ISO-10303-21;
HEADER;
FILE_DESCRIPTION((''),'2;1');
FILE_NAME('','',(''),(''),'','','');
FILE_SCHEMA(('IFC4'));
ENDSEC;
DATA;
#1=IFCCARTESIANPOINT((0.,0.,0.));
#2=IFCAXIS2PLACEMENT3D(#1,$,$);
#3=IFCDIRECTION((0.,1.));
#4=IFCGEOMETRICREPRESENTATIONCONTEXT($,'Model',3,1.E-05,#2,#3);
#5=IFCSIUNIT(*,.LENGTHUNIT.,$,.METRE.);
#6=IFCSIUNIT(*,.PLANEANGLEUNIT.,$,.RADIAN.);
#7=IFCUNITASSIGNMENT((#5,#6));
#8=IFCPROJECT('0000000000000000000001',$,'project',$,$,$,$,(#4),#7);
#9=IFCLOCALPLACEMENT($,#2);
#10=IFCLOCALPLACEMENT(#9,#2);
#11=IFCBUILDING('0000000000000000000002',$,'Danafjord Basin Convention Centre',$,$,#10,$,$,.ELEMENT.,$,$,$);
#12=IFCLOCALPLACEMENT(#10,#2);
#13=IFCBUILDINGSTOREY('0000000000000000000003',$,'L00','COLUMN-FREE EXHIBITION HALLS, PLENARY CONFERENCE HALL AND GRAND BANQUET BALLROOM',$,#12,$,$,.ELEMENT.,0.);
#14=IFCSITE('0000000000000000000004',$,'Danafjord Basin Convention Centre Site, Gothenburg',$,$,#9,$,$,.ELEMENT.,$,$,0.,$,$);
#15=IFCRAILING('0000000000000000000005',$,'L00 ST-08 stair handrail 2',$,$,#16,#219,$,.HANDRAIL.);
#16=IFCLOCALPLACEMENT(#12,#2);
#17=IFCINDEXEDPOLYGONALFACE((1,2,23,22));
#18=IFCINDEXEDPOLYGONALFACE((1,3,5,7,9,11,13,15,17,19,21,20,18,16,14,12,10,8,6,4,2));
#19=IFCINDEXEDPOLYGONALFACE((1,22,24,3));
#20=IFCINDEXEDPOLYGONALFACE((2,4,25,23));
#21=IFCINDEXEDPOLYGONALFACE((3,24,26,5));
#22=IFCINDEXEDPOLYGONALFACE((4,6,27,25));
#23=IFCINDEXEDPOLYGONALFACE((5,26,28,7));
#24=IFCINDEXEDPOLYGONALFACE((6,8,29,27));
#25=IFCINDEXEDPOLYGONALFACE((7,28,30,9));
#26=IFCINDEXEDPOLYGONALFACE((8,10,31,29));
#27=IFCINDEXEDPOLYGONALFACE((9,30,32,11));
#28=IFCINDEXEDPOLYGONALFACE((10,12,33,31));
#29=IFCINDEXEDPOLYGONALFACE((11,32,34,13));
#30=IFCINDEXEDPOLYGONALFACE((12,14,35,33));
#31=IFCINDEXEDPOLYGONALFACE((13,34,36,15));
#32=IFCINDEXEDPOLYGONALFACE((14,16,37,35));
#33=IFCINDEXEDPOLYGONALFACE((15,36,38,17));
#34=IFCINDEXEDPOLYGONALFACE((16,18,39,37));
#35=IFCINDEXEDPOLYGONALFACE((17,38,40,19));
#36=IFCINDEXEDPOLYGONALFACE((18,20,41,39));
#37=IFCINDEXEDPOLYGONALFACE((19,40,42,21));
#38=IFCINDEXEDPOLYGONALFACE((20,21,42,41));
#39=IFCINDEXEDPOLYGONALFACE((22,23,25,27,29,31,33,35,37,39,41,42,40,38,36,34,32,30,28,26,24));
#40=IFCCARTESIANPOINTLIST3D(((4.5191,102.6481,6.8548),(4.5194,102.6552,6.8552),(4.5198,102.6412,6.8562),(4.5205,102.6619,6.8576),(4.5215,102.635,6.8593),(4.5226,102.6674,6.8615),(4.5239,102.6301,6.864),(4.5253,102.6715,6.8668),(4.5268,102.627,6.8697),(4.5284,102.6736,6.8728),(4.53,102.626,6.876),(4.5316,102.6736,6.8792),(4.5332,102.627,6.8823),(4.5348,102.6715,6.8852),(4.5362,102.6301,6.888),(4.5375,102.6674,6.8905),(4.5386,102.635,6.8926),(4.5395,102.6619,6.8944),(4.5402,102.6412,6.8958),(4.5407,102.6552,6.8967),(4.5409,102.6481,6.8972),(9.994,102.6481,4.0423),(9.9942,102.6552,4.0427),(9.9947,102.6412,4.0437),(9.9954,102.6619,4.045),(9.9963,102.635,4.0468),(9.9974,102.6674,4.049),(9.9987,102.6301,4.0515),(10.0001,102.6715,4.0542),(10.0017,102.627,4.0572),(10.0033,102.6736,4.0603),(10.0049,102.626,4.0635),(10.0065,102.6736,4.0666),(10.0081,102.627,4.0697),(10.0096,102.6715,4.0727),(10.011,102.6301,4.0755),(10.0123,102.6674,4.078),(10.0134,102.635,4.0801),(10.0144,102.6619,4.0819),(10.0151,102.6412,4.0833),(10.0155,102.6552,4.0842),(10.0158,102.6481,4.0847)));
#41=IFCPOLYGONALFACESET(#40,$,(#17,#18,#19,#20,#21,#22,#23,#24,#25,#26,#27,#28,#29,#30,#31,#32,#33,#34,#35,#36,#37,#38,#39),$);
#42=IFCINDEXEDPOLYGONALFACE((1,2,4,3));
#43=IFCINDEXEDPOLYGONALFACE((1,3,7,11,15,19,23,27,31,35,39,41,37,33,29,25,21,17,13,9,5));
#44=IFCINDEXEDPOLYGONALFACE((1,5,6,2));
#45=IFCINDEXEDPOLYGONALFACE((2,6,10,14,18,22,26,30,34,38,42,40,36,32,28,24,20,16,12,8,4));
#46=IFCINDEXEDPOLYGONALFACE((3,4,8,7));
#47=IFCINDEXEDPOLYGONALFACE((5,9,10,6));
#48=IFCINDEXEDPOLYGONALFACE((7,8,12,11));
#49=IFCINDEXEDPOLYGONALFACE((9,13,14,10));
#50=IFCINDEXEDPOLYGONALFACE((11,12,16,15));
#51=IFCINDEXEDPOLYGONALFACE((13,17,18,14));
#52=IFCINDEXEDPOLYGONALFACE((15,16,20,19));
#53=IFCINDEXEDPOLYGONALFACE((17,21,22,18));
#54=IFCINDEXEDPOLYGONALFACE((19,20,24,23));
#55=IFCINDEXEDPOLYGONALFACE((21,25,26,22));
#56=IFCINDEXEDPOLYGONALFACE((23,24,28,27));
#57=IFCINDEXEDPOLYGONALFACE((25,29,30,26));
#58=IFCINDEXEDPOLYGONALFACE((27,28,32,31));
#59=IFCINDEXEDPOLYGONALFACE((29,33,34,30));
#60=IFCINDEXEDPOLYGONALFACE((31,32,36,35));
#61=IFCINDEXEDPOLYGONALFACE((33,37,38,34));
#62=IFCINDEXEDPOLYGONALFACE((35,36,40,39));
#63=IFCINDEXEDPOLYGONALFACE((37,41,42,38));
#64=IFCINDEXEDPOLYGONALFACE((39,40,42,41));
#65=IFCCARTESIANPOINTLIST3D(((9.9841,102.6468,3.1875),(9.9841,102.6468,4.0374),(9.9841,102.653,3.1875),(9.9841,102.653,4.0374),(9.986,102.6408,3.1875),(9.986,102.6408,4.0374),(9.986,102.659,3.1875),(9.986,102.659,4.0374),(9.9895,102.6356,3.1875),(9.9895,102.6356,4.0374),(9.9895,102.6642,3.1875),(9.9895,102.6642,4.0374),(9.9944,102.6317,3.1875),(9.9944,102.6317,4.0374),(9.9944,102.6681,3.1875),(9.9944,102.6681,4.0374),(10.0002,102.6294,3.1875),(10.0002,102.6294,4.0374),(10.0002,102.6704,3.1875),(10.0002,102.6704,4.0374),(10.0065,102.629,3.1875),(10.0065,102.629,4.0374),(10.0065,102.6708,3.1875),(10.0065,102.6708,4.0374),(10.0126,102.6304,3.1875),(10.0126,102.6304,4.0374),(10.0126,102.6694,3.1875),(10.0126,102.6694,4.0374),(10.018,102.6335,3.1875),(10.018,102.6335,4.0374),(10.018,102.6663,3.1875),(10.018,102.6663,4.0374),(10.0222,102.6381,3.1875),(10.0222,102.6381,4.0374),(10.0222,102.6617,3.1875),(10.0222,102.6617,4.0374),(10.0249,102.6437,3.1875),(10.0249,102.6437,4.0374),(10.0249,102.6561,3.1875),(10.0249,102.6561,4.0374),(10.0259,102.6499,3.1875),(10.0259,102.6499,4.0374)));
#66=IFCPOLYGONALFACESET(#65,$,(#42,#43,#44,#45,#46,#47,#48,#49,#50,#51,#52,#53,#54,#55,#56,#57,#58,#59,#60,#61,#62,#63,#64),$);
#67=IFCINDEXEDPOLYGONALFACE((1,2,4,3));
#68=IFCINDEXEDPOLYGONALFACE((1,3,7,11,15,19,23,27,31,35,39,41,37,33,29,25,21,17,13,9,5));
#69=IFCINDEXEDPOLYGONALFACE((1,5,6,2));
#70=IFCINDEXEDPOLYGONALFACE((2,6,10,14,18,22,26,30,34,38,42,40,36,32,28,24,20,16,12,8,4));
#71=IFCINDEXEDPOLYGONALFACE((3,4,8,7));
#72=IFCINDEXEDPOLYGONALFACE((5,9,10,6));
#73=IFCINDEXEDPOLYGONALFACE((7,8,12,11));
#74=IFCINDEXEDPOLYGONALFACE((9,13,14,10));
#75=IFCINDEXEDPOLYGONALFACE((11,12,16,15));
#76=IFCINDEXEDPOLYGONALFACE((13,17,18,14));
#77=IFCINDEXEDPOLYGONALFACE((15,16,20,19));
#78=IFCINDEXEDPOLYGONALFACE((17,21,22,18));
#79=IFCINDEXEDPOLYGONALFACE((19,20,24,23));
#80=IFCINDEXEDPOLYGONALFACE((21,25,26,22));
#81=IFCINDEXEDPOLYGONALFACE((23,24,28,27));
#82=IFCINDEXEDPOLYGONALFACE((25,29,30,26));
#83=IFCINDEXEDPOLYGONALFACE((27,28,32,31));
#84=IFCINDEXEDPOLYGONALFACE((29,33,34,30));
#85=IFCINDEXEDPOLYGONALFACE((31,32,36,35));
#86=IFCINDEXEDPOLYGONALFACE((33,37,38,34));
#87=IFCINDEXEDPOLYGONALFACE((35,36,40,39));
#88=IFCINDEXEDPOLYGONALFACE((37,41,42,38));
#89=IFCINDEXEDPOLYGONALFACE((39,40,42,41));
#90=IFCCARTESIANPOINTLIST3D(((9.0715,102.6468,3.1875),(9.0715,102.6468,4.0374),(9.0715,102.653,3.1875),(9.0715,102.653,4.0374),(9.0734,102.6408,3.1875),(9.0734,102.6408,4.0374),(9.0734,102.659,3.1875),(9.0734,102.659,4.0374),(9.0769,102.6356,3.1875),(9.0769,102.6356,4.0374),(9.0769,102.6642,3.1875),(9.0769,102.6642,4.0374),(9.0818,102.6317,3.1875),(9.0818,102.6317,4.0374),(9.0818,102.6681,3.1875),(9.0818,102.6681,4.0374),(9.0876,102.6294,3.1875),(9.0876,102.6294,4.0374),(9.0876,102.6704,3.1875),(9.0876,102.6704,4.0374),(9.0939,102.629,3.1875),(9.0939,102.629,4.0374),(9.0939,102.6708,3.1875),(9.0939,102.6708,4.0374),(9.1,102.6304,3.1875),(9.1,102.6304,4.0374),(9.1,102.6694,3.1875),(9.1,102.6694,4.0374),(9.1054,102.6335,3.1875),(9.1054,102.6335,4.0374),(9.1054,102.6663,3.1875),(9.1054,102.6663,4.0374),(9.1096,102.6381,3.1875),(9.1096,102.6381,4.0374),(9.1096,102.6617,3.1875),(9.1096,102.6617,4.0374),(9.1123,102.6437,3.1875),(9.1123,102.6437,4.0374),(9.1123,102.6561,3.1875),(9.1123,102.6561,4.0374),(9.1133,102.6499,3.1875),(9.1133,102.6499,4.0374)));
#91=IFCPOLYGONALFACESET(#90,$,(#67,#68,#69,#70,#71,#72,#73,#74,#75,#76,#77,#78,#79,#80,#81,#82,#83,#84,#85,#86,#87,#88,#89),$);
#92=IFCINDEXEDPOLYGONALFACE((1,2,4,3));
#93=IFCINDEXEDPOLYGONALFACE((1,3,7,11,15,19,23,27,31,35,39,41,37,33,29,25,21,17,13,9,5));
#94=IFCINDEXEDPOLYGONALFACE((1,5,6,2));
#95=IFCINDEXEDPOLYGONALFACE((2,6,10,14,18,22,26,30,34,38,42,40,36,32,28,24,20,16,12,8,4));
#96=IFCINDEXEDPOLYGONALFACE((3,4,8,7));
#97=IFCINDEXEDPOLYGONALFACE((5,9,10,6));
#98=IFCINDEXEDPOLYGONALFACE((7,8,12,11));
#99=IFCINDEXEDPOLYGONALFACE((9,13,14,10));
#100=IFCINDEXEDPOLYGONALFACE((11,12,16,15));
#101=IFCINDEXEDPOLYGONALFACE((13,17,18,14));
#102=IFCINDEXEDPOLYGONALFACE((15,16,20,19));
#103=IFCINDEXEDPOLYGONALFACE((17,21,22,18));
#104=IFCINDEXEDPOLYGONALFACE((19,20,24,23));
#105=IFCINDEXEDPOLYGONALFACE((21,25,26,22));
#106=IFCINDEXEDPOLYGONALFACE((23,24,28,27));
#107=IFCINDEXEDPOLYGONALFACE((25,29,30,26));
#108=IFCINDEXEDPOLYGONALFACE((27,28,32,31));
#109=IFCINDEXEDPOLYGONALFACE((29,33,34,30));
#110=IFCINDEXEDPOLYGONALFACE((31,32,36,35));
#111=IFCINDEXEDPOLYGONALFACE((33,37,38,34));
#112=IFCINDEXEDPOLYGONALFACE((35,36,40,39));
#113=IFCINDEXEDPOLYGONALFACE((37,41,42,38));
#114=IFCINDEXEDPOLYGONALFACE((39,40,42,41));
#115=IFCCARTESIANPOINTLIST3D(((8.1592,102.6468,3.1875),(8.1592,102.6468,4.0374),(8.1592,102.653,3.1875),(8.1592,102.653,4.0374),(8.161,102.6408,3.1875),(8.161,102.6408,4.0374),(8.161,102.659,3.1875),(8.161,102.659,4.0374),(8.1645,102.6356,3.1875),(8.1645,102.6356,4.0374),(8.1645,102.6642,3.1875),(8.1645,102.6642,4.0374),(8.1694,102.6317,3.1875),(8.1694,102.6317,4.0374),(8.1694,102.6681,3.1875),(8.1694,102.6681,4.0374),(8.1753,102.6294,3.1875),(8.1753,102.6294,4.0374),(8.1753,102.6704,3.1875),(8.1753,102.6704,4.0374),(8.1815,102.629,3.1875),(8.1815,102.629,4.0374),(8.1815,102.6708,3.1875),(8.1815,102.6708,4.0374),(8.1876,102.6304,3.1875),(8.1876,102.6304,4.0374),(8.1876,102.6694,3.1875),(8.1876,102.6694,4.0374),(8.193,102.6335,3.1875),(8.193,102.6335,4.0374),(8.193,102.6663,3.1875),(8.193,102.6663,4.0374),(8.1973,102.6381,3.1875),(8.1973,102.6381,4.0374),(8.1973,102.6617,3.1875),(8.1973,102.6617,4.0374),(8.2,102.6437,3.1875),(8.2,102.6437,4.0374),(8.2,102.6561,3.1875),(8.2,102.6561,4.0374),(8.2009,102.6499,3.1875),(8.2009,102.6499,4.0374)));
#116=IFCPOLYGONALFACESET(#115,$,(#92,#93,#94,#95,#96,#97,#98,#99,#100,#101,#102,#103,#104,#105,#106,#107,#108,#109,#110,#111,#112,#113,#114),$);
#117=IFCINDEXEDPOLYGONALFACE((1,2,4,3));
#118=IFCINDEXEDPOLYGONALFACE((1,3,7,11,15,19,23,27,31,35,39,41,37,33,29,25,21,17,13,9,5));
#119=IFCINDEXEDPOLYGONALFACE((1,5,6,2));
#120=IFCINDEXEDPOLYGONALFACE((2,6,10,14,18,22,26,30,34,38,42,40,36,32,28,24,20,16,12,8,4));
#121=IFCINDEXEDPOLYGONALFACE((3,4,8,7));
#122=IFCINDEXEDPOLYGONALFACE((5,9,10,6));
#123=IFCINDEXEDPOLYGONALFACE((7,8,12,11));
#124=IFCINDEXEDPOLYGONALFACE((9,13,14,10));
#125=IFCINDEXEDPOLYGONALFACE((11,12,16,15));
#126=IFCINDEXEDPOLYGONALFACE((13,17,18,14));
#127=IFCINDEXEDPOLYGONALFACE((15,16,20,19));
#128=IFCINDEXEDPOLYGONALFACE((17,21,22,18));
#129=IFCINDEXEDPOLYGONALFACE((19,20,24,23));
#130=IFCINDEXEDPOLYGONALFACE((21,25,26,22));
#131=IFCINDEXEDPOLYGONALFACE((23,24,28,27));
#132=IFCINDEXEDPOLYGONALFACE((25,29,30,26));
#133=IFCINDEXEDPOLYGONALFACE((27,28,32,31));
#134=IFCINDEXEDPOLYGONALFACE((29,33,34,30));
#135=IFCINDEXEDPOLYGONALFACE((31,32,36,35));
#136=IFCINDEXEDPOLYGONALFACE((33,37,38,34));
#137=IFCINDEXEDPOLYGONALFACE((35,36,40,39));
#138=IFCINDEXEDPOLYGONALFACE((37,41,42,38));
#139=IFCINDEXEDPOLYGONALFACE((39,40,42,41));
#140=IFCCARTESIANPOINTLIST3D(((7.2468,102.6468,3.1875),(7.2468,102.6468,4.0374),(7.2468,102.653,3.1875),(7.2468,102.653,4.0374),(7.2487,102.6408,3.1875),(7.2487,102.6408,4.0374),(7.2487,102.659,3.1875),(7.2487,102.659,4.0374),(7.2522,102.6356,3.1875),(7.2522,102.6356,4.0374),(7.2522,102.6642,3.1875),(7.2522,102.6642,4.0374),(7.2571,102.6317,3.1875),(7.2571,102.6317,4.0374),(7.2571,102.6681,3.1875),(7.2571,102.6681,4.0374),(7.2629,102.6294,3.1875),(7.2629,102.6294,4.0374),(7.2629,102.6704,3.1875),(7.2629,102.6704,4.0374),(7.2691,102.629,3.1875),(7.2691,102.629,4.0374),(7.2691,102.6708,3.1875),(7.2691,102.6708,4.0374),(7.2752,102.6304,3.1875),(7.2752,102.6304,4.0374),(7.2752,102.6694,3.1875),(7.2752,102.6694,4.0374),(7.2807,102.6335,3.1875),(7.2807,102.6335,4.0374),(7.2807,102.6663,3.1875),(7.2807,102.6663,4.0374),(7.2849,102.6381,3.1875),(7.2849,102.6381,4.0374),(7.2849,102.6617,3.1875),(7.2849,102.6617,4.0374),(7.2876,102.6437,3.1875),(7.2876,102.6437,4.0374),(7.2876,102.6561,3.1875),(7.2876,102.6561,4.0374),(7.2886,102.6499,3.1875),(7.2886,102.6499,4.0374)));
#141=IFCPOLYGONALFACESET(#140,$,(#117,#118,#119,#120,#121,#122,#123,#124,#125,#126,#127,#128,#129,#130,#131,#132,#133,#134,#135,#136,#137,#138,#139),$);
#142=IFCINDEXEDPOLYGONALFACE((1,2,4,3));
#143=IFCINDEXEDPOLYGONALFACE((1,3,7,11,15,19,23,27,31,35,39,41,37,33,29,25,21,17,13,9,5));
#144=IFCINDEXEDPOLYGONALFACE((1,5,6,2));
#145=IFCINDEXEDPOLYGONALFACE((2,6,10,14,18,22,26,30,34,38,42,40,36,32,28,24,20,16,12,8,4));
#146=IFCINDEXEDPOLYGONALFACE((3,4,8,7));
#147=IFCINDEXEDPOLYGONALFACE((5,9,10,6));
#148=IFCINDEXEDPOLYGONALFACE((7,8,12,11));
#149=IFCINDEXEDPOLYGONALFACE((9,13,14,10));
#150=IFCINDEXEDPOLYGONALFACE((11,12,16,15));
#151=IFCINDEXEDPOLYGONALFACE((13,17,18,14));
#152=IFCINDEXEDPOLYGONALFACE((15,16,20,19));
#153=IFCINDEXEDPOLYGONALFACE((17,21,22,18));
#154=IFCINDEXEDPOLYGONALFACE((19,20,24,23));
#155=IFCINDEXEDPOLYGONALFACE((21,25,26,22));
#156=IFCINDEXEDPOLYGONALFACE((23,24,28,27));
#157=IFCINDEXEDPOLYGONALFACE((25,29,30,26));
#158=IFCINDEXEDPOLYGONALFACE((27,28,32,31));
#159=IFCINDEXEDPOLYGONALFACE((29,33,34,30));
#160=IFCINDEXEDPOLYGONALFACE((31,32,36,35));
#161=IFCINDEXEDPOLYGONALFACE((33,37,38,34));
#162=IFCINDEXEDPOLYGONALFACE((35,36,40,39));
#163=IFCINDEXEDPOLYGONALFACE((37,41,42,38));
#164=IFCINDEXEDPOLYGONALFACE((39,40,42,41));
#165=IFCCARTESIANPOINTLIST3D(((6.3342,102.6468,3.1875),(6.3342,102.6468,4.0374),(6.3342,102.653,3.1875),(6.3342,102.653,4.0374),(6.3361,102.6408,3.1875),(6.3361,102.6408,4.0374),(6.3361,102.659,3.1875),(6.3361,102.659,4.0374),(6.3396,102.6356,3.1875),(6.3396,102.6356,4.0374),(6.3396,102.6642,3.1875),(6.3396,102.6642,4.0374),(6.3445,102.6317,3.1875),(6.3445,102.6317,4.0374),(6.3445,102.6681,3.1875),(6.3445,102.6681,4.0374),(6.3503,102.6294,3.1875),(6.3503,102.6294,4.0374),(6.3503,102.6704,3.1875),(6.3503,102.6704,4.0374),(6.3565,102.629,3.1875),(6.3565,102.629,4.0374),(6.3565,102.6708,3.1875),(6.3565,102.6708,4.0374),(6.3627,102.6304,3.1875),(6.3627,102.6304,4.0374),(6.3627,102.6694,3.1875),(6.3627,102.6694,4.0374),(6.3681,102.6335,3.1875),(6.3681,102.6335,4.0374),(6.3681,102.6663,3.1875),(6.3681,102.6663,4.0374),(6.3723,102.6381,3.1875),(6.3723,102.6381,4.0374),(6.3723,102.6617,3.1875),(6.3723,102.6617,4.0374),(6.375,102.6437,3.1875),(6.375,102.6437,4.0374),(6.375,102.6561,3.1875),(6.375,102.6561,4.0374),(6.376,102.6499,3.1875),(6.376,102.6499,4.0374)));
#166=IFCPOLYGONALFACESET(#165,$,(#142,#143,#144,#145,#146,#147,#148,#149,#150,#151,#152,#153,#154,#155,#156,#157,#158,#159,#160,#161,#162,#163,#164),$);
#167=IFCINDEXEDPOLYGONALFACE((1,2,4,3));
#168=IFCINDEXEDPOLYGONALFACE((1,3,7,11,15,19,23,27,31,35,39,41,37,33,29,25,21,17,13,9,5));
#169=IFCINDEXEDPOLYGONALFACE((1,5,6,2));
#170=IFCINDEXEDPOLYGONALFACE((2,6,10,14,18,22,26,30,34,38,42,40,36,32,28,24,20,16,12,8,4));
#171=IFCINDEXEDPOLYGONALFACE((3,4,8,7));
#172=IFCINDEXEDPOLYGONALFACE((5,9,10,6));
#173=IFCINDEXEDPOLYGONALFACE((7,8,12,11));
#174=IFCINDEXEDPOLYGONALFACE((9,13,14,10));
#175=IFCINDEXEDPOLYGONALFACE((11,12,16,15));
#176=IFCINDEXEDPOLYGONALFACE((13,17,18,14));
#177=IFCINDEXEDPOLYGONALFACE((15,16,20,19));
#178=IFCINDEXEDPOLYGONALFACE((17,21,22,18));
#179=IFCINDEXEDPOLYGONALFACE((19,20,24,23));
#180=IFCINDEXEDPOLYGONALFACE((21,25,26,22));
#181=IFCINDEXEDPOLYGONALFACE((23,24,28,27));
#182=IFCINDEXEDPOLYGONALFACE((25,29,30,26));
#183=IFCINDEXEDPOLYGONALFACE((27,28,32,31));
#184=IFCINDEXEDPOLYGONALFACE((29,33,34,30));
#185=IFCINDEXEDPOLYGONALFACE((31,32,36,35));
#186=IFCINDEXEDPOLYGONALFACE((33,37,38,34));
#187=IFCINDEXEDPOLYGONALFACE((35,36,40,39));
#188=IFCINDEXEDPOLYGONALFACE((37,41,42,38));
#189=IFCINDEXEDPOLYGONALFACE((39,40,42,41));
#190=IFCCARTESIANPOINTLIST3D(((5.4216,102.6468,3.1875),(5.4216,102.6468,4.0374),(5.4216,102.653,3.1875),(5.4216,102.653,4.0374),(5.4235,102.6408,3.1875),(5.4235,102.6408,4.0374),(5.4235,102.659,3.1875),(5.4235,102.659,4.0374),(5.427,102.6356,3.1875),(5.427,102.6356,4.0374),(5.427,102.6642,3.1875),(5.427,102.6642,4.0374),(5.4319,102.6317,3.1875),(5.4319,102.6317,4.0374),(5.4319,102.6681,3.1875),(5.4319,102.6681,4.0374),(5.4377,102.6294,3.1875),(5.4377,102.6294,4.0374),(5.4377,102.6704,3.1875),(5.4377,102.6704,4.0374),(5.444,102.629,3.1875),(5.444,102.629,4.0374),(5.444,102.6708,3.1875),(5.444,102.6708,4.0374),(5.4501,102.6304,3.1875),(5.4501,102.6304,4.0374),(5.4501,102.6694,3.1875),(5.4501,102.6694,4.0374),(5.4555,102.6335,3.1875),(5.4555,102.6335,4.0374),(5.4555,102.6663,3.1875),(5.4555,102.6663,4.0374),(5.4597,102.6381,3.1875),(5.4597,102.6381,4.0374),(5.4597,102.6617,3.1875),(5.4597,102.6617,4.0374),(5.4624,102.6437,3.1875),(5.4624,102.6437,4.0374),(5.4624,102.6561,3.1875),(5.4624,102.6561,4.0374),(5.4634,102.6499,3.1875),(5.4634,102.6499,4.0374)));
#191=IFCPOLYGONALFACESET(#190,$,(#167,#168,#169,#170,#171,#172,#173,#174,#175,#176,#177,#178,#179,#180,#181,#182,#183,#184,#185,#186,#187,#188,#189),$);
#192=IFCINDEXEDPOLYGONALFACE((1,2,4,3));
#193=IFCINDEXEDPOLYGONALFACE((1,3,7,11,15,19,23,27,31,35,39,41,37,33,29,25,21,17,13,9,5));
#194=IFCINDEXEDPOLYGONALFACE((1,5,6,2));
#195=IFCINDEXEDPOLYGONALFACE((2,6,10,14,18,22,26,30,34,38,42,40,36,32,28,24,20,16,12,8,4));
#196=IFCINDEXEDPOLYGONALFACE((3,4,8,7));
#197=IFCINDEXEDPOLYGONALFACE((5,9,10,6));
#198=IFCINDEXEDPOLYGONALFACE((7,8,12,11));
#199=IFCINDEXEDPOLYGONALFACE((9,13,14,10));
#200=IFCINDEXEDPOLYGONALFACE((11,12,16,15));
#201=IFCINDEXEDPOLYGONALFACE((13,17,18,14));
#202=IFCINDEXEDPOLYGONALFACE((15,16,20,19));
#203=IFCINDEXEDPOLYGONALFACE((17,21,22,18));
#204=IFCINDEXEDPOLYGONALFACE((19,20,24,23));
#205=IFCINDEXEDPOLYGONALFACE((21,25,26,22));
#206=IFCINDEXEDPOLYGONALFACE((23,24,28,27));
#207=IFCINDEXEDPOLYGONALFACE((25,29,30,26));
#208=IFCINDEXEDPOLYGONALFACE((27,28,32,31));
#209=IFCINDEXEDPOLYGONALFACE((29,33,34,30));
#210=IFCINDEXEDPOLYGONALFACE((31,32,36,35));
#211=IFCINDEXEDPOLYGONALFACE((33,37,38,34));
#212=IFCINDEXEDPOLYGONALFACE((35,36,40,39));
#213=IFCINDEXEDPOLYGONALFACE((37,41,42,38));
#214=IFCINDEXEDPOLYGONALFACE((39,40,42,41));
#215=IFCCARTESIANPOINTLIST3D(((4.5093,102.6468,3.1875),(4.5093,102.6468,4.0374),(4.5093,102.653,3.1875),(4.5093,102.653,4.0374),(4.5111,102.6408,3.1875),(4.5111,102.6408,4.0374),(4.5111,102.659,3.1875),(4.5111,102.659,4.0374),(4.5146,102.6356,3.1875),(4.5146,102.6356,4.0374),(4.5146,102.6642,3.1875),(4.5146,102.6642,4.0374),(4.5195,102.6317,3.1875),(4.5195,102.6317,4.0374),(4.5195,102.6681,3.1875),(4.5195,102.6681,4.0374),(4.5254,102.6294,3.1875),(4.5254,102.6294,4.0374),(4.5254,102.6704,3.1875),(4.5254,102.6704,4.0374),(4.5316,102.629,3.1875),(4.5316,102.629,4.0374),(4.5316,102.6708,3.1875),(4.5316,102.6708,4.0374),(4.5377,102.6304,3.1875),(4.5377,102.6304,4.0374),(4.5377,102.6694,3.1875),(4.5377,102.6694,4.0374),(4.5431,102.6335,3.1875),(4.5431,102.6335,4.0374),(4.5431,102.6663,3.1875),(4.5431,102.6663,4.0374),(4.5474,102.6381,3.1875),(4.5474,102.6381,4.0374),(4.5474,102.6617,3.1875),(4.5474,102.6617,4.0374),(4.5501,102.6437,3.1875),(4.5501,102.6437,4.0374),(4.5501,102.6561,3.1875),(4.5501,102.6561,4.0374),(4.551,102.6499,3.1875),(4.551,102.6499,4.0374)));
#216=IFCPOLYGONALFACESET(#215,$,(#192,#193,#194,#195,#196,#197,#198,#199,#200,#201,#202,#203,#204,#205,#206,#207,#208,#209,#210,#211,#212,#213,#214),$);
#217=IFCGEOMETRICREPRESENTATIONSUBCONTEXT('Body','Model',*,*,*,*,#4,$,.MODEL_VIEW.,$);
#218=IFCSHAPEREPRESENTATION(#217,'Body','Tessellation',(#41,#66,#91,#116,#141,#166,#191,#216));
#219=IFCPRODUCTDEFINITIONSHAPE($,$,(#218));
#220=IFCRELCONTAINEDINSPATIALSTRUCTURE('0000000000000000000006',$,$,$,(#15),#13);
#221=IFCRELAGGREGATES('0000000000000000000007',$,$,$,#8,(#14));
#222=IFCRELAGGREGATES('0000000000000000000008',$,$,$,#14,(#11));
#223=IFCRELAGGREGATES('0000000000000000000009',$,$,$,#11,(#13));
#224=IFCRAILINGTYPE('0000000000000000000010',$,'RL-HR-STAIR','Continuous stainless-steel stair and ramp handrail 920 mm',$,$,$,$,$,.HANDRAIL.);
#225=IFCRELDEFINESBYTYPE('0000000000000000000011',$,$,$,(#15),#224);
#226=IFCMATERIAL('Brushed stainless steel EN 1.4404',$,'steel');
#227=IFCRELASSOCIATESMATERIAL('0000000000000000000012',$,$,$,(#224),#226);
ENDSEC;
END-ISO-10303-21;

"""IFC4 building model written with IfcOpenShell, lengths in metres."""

from ifc_helpers import new_model, si_unit, direction, frame, origin, origin_2d, place, context, subcontext, project, spatial, circle, extrude, material, type_object, element, save


model = new_model("IFC4")

# Units and contexts
model_context = context("Model", 3, precision=1e-05, world=origin(), true_north=direction((0.0, 1.0)))
body_context = subcontext(model_context, "Body", "Model", "MODEL_VIEW")
ifc_project = project(units=[si_unit("LENGTHUNIT", "METRE"), si_unit("PLANEANGLEUNIT", "RADIAN")], contexts=[model_context])

# Site, building, storey
site_placement = place(None, origin())
site = spatial("IfcSite", under=ifc_project, at=site_placement, Name="Danafjord Basin Convention Centre Site, Gothenburg", CompositionType="ELEMENT", RefElevation=0.0)
building_placement = place(site_placement, origin())
building = spatial("IfcBuilding", under=site, at=building_placement, Name="Danafjord Basin Convention Centre", CompositionType="ELEMENT")
storey_placement = place(building_placement, origin())
storey = spatial("IfcBuildingStorey", under=building, at=storey_placement, Name="L00", Description="COLUMN-FREE EXHIBITION HALLS, PLENARY CONFERENCE HALL AND GRAND BANQUET BALLROOM", CompositionType="ELEMENT", Elevation=0.0)

# Railing
ifc_material_1 = material(Name="Brushed stainless steel EN 1.4404", Category="steel")
railing_type_1 = type_object("IfcRailingType", Name="RL-HR-STAIR", Description="Continuous stainless-steel stair and ramp handrail 920 mm", PredefinedType="HANDRAIL", material=ifc_material_1)
railing_1_placement = place(storey_placement, frame((10.0049, 102.6499, 3.1875)))
element("IfcRailing", 1, at=railing_1_placement, inside=storey, type_object=railing_type_1, Name="L00 ST-08 stair handrail 2", PredefinedType="HANDRAIL", context=body_context, shape_type="SweptSolid", body=[
    extrude(circle(Radius=0.0239, at=origin_2d()), frame((0.0, 0.0, 0.876), z_axis=(-0.889495, 0.0, 0.456945), x_axis=(0.0, -1.0, 0.0)), (0.0, 0.0, 1.0), 6.155),
    extrude(circle(Radius=0.021, at=origin_2d()), origin(), (0.0, 0.0, 1.0), 0.8499),
    extrude(circle(Radius=0.021, at=origin_2d()), frame((-0.9126, 0.0, 0.0)), (0.0, 0.0, 1.0), 0.8499),
    extrude(circle(Radius=0.021, at=origin_2d()), frame((-1.825, 0.0, 0.0)), (0.0, 0.0, 1.0), 0.8499),
    extrude(circle(Radius=0.021, at=origin_2d()), frame((-2.7373, 0.0, 0.0)), (0.0, 0.0, 1.0), 0.8499),
    extrude(circle(Radius=0.021, at=origin_2d()), frame((-3.6499, 0.0, 0.0)), (0.0, 0.0, 1.0), 0.8499),
    extrude(circle(Radius=0.021, at=origin_2d()), frame((-4.5625, 0.0, 0.0)), (0.0, 0.0, 1.0), 0.8499),
    extrude(circle(Radius=0.021, at=origin_2d()), frame((-5.4749, 0.0, 0.0)), (0.0, 0.0, 1.0), 0.8499),
])

save(model, "model.ifc")
